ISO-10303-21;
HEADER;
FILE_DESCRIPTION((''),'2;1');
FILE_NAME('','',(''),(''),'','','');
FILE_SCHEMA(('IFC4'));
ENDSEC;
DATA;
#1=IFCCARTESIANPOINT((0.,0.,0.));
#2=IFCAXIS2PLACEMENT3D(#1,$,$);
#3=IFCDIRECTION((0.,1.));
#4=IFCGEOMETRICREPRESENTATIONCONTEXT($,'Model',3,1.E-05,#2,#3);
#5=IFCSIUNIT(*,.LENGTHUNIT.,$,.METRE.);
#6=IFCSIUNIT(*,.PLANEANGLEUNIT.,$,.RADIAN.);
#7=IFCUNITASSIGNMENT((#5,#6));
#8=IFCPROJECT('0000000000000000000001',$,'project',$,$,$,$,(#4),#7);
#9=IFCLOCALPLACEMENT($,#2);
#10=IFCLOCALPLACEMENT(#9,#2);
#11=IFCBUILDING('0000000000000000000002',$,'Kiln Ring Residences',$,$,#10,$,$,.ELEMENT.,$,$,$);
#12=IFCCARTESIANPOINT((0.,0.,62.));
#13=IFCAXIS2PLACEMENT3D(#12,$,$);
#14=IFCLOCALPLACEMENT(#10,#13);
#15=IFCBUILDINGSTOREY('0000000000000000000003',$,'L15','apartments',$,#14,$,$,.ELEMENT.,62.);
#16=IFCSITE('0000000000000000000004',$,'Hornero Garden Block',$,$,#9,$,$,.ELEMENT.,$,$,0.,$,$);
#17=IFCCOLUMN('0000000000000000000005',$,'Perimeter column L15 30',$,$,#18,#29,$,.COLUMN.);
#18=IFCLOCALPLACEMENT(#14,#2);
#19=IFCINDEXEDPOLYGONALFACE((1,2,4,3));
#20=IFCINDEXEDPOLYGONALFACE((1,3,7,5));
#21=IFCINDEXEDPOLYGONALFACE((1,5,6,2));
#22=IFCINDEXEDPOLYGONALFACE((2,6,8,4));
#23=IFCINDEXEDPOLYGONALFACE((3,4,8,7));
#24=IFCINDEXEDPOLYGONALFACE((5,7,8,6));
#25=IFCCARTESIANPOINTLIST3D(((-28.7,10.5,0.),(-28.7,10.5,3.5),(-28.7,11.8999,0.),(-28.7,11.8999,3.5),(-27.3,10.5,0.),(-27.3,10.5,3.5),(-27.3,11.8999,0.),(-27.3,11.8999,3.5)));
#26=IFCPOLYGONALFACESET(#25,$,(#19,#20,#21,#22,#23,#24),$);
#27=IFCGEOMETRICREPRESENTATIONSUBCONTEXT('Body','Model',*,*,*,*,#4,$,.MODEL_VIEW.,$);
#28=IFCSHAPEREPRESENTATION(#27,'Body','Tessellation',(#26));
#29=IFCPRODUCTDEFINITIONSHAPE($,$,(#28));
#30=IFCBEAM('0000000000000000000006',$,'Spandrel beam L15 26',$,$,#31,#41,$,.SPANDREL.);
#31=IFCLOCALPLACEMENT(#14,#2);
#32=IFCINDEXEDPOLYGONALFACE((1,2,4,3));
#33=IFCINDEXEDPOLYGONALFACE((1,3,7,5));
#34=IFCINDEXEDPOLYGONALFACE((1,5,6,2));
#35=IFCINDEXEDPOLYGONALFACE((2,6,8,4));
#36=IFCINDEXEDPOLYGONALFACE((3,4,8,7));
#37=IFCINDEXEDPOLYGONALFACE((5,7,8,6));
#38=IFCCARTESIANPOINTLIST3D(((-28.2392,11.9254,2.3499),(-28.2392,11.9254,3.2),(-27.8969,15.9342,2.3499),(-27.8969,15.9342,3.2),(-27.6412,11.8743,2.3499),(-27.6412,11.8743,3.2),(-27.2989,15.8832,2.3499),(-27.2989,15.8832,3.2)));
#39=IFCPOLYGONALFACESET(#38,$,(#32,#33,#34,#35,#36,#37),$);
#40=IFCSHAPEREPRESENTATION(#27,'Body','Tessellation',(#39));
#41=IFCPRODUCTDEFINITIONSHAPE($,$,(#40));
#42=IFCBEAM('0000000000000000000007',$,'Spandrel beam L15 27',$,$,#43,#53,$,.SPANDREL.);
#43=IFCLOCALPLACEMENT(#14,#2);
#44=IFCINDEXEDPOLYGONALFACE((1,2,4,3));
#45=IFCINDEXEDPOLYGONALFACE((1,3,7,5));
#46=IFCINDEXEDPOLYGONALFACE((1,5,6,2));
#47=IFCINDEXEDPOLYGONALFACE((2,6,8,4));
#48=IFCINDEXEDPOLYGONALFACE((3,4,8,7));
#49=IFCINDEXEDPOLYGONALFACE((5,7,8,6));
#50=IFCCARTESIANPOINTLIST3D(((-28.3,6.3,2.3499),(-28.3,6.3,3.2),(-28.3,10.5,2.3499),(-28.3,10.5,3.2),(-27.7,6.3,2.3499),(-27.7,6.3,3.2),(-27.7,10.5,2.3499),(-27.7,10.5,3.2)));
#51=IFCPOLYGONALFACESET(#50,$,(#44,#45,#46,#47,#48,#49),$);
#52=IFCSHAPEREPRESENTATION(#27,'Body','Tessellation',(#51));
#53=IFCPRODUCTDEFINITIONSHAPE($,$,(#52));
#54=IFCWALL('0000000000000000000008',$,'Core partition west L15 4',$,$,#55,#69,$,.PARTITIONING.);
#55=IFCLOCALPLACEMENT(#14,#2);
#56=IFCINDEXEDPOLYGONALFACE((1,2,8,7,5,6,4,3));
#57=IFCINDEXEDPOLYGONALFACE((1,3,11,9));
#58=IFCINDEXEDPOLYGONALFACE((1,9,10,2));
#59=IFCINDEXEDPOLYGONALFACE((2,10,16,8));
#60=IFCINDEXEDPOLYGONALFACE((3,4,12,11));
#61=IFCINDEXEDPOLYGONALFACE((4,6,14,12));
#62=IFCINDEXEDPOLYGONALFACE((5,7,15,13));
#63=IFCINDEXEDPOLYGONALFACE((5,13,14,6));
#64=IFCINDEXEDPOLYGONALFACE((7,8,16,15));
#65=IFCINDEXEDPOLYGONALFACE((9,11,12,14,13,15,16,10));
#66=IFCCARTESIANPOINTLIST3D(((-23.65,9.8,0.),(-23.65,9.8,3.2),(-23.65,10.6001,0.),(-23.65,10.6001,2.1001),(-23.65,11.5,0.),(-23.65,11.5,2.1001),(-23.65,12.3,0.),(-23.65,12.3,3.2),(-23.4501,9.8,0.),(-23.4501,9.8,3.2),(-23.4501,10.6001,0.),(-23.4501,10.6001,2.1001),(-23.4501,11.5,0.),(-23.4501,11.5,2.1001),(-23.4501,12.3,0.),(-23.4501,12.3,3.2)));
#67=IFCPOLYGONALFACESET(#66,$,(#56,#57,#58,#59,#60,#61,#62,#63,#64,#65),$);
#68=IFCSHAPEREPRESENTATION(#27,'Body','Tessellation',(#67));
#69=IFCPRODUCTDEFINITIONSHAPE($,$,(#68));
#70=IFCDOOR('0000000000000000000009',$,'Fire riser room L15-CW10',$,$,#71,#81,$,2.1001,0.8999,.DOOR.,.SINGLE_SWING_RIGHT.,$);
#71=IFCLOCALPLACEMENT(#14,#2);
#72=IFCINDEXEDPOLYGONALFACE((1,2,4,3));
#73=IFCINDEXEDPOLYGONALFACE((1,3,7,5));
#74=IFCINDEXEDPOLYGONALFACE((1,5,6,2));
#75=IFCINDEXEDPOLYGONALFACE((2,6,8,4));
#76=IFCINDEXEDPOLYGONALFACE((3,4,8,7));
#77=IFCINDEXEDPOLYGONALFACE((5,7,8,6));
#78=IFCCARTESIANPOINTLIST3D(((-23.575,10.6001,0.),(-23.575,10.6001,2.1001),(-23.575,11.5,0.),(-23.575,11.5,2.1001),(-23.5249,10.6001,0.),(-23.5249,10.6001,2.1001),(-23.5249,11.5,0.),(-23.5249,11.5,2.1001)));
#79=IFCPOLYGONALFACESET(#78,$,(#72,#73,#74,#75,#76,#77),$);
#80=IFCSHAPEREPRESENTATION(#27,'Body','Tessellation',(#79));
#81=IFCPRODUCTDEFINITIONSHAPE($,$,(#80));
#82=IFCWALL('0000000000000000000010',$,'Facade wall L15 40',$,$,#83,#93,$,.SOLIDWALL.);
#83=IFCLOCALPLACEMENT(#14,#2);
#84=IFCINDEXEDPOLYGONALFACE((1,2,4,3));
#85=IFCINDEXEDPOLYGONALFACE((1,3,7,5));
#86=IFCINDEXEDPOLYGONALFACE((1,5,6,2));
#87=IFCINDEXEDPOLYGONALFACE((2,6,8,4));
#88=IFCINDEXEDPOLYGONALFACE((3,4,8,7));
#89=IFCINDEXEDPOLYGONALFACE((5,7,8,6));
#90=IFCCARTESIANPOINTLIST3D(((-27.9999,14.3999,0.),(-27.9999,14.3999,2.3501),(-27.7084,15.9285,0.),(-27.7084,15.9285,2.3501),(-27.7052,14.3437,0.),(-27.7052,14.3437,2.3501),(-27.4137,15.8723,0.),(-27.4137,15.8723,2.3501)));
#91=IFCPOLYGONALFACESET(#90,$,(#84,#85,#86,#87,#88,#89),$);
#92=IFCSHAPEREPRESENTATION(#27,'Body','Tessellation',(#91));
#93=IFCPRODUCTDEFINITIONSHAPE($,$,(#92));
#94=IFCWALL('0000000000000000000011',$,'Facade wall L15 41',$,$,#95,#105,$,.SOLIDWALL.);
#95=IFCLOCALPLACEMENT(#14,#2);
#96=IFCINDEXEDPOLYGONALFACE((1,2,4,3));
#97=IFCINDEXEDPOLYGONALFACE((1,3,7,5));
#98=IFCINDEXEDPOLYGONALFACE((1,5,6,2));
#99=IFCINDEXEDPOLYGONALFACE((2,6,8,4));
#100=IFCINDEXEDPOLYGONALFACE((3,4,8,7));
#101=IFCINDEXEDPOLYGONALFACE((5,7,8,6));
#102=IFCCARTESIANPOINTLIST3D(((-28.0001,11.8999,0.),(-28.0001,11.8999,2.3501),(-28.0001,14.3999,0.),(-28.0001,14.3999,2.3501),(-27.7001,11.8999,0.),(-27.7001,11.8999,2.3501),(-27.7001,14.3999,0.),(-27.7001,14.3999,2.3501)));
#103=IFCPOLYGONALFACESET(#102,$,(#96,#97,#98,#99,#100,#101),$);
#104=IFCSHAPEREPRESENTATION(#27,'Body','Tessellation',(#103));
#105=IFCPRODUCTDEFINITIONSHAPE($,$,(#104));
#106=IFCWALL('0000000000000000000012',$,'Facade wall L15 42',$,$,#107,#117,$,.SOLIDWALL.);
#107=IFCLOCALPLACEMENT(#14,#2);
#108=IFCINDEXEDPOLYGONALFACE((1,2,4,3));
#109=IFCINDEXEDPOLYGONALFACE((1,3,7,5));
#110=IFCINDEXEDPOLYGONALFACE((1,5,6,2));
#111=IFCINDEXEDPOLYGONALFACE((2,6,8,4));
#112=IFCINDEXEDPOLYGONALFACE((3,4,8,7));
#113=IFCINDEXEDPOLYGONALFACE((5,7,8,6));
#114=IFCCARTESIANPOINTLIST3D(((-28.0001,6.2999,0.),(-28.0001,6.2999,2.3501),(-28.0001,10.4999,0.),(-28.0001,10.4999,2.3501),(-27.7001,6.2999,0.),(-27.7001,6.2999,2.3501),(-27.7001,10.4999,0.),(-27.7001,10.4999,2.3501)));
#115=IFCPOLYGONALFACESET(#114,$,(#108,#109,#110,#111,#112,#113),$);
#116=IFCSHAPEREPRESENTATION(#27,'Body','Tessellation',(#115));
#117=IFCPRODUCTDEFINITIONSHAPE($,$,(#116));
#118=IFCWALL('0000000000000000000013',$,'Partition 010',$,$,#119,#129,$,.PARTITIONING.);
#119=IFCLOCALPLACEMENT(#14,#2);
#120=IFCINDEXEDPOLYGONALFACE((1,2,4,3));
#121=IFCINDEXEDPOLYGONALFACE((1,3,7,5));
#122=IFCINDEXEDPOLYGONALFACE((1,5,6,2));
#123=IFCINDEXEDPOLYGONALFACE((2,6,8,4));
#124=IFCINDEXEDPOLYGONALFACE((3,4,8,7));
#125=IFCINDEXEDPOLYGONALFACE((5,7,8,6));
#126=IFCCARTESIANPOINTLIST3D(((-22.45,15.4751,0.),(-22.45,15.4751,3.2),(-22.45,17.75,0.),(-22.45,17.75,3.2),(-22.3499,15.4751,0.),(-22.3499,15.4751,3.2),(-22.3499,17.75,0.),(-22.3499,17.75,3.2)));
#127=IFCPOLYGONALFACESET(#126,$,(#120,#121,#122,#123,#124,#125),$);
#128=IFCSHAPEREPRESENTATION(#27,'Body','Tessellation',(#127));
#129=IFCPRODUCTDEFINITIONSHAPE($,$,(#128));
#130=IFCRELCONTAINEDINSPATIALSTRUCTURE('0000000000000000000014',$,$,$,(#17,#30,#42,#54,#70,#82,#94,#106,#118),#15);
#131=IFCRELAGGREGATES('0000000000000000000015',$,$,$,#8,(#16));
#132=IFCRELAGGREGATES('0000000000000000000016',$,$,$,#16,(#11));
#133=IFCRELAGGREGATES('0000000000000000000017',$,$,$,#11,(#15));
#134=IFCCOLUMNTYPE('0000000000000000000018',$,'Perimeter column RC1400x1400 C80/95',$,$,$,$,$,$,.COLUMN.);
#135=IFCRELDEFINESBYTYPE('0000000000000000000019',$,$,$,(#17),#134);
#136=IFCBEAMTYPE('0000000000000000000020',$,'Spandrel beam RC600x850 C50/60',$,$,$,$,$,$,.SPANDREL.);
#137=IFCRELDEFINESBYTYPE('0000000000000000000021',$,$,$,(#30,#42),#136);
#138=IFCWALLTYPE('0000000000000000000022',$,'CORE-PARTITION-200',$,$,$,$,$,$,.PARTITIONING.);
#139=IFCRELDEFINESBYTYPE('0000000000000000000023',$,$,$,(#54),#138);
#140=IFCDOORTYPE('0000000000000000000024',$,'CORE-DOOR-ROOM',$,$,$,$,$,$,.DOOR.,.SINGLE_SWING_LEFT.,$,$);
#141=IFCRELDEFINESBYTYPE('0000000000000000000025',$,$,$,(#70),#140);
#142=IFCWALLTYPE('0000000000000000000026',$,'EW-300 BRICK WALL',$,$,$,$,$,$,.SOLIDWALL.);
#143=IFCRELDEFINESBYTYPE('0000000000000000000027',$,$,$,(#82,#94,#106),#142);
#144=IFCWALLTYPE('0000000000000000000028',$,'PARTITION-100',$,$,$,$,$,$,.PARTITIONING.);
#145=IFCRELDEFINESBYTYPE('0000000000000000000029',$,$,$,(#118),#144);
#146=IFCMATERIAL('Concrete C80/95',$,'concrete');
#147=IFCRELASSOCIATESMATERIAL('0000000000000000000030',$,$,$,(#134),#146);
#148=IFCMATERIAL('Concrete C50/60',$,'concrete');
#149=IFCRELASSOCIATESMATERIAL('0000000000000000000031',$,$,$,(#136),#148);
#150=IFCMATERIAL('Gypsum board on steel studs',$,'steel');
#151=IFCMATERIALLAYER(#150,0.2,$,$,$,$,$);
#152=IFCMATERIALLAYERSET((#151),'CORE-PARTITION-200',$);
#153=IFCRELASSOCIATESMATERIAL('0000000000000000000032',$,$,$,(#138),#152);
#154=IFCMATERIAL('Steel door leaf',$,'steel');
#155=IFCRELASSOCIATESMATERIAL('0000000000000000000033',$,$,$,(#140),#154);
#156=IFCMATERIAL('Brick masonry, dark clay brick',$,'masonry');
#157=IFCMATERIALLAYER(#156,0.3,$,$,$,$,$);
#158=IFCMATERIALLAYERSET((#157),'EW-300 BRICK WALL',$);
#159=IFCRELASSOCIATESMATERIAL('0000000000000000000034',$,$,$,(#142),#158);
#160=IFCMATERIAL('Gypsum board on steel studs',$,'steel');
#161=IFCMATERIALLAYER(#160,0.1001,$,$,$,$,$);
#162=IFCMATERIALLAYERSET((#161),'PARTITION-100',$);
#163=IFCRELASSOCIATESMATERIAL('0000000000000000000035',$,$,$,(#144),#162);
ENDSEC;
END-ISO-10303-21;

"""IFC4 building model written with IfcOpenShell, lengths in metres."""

from ifc_helpers import new_model, si_unit, direction, frame, frame_2d, origin, origin_2d, place, context, subcontext, project, spatial, rectangle, extrude, material, layer, layer_set, material_profile, profile_set, type_object, element, fill, save


model = new_model("IFC4")

# Units and contexts
model_context = context("Model", 3, precision=1e-05, world=origin(), true_north=direction((0.0, 1.0)))
body_context = subcontext(model_context, "Body", "Model", "MODEL_VIEW")
ifc_project = project(units=[si_unit("LENGTHUNIT", "METRE"), si_unit("PLANEANGLEUNIT", "RADIAN")], contexts=[model_context])

# Site, building, storey
site_placement = place(None, origin())
site = spatial("IfcSite", under=ifc_project, at=site_placement, Name="Hornero Garden Block", CompositionType="ELEMENT", RefElevation=0.0)
building_placement = place(site_placement, origin())
building = spatial("IfcBuilding", under=site, at=building_placement, Name="Kiln Ring Residences", CompositionType="ELEMENT")
storey_placement = place(building_placement, frame((0.0, 0.0, 62.0)))
storey = spatial("IfcBuildingStorey", under=building, at=storey_placement, Name="L15", Description="apartments", CompositionType="ELEMENT", Elevation=62.0)

# Column
ifc_material_1 = material(Name="Concrete C80/95", Category="concrete")
ifc_material_profile_1 = material_profile(ifc_material_1, rectangle(XDim=1.3999, YDim=1.3999, at=origin_2d()), Name="RC1400x1400")
ifc_profile_set_1 = profile_set([ifc_material_profile_1], Name="Concrete C80/95")
column_type = type_object("IfcColumnType", Name="Perimeter column RC1400x1400 C80/95", PredefinedType="COLUMN", material=ifc_profile_set_1)
column_placement = place(storey_placement, frame((-28.0, 11.2, 0.0), z_axis=(0.0, 0.0, 1.0), x_axis=(1.0, 0.0, 0.0)))
element("IfcColumn", 1, at=column_placement, inside=storey, type_object=column_type, Name="Perimeter column L15 30", PredefinedType="COLUMN", context=body_context, shape_type="SweptSolid", body=[
    extrude(rectangle(XDim=1.3999, YDim=1.3999, at=origin_2d()), origin(), (0.0, 0.0, 1.0), 3.5),
])

# Beams
ifc_material_2 = material(Name="Concrete C50/60", Category="concrete")
ifc_material_profile_2 = material_profile(ifc_material_2, rectangle(XDim=0.6001, YDim=0.8501, at=origin_2d()), Name="RC600x850")
ifc_profile_set_2 = profile_set([ifc_material_profile_2], Name="Concrete C50/60")
beam_type = type_object("IfcBeamType", Name="Spandrel beam RC600x850 C50/60", PredefinedType="SPANDREL", material=ifc_profile_set_2)
beam_1_placement = place(storey_placement, frame((-27.5979, 15.9087, 2.7749), z_axis=(-0.085074, -0.996375, 0.0), x_axis=(0.996375, -0.085074, 0.0)))
element("IfcBeam", 2, at=beam_1_placement, inside=storey, type_object=beam_type, Name="Spandrel beam L15 26", PredefinedType="SPANDREL", context=body_context, shape_type="SweptSolid", body=[
    extrude(rectangle(XDim=0.6001, YDim=0.8501, at=origin_2d()), origin(), (0.0, 0.0, 1.0), 4.0234),
])
beam_2_placement = place(storey_placement, frame((-28.0, 10.5, 2.7749), z_axis=(0.0, -1.0, 0.0), x_axis=(1.0, 0.0, 0.0)))
element("IfcBeam", 3, at=beam_2_placement, inside=storey, type_object=beam_type, Name="Spandrel beam L15 27", PredefinedType="SPANDREL", context=body_context, shape_type="SweptSolid", body=[
    extrude(rectangle(XDim=0.6001, YDim=0.8501, at=origin_2d()), origin(), (0.0, 0.0, 1.0), 4.2),
])

# Wall, opening, door
ifc_material_3 = material(Name="Gypsum board on steel studs", Category="steel")
ifc_layer_1 = layer(ifc_material_3, 0.2)
ifc_layer_set_1 = layer_set([ifc_layer_1], Name="CORE-PARTITION-200")
wall_type_1 = type_object("IfcWallType", Name="CORE-PARTITION-200", PredefinedType="PARTITIONING", material=ifc_layer_set_1)
wall_1_placement = place(storey_placement, frame((-23.55, 9.8, 0.0), z_axis=(0.0, 0.0, 1.0), x_axis=(0.0, 1.0, 0.0)))
wall_1 = element("IfcWall", 4, at=wall_1_placement, inside=storey, type_object=wall_type_1, Name="Core partition west L15 4", PredefinedType="PARTITIONING", context=body_context, shape_type="SweptSolid", body=[
    extrude(rectangle(XDim=2.5, YDim=0.2, at=frame_2d((1.25, 0.0))), origin(), (0.0, 0.0, 1.0), 3.2),
])
opening_1_placement = place(wall_1_placement, frame((0.8, 0.0, 0.0)))
opening_1 = element("IfcOpeningElement", 5, at=opening_1_placement, cuts=wall_1, PredefinedType="OPENING", context=body_context, shape_type="SweptSolid", body=[
    extrude(rectangle(XDim=0.8999, YDim=2.1001, at=frame_2d((0.45, 1.05))), frame((0.0, 0.1099, 0.0), z_axis=(0.0, -1.0, 0.0), x_axis=(1.0, 0.0, 0.0)), (0.0, 0.0, 1.0), 0.22),
])
ifc_material_4 = material(Name="Steel door leaf", Category="steel")
door_type_1 = type_object("IfcDoorType", Name="CORE-DOOR-ROOM", OperationType="SINGLE_SWING_LEFT", PredefinedType="DOOR", material=ifc_material_4)
door_1_placement = place(opening_1_placement, origin())
door_1 = element("IfcDoor", 6, at=door_1_placement, inside=storey, type_object=door_type_1, Name="Fire riser room L15-CW10", OperationType="SINGLE_SWING_RIGHT", OverallHeight=2.1001, OverallWidth=0.8999, PredefinedType="DOOR", context=body_context, shape_type="SweptSolid", body=[
    extrude(rectangle(XDim=0.8999, YDim=2.1001, at=frame_2d((0.45, 1.05))), frame((0.0, 0.0249, 0.0), z_axis=(0.0, -1.0, 0.0), x_axis=(1.0, 0.0, 0.0)), (0.0, 0.0, 1.0), 0.05),
])
fill(opening_1, door_1)

# Walls
ifc_material_5 = material(Name="Brick masonry, dark clay brick", Category="masonry")
ifc_layer_2 = layer(ifc_material_5, 0.3)
ifc_layer_set_2 = layer_set([ifc_layer_2], Name="EW-300 BRICK WALL")
wall_type_2 = type_object("IfcWallType", Name="EW-300 BRICK WALL", PredefinedType="SOLIDWALL", material=ifc_layer_set_2)
wall_2_placement = place(storey_placement, frame((-27.561, 15.9004, 0.0), z_axis=(0.0, 0.0, 1.0), x_axis=(-0.187328, -0.982297, 0.0)))
element("IfcWall", 7, at=wall_2_placement, inside=storey, type_object=wall_type_2, Name="Facade wall L15 40", PredefinedType="SOLIDWALL", context=body_context, shape_type="SweptSolid", body=[
    extrude(rectangle(XDim=1.5562, YDim=0.3, at=frame_2d((0.7781, 0.0))), origin(), (0.0, 0.0, 1.0), 2.3501),
])
wall_3_placement = place(storey_placement, frame((-27.8501, 14.3999, 0.0), z_axis=(0.0, 0.0, 1.0), x_axis=(0.0, -1.0, 0.0)))
element("IfcWall", 8, at=wall_3_placement, inside=storey, type_object=wall_type_2, Name="Facade wall L15 41", PredefinedType="SOLIDWALL", context=body_context, shape_type="SweptSolid", body=[
    extrude(rectangle(XDim=2.5, YDim=0.3, at=frame_2d((1.25, 0.0))), origin(), (0.0, 0.0, 1.0), 2.3501),
])
wall_4_placement = place(storey_placement, frame((-27.8501, 10.5, 0.0), z_axis=(0.0, 0.0, 1.0), x_axis=(0.0, -1.0, 0.0)))
element("IfcWall", 9, at=wall_4_placement, inside=storey, type_object=wall_type_2, Name="Facade wall L15 42", PredefinedType="SOLIDWALL", context=body_context, shape_type="SweptSolid", body=[
    extrude(rectangle(XDim=4.2, YDim=0.3, at=frame_2d((2.1001, 0.0))), origin(), (0.0, 0.0, 1.0), 2.3501),
])
ifc_material_6 = material(Name="Gypsum board on steel studs", Category="steel")
ifc_layer_3 = layer(ifc_material_6, 0.1001)
ifc_layer_set_3 = layer_set([ifc_layer_3], Name="PARTITION-100")
wall_type_3 = type_object("IfcWallType", Name="PARTITION-100", PredefinedType="PARTITIONING", material=ifc_layer_set_3)
wall_5_placement = place(storey_placement, frame((-22.3999, 15.4751, 0.0), z_axis=(0.0, 0.0, 1.0), x_axis=(0.0, 1.0, 0.0)))
element("IfcWall", 10, at=wall_5_placement, inside=storey, type_object=wall_type_3, Name="Partition 010", PredefinedType="PARTITIONING", context=body_context, shape_type="SweptSolid", body=[
    extrude(rectangle(XDim=2.2749, YDim=0.1001, at=frame_2d((1.1375, 0.0))), origin(), (0.0, 0.0, 1.0), 3.2),
])

save(model, "model.ifc")
